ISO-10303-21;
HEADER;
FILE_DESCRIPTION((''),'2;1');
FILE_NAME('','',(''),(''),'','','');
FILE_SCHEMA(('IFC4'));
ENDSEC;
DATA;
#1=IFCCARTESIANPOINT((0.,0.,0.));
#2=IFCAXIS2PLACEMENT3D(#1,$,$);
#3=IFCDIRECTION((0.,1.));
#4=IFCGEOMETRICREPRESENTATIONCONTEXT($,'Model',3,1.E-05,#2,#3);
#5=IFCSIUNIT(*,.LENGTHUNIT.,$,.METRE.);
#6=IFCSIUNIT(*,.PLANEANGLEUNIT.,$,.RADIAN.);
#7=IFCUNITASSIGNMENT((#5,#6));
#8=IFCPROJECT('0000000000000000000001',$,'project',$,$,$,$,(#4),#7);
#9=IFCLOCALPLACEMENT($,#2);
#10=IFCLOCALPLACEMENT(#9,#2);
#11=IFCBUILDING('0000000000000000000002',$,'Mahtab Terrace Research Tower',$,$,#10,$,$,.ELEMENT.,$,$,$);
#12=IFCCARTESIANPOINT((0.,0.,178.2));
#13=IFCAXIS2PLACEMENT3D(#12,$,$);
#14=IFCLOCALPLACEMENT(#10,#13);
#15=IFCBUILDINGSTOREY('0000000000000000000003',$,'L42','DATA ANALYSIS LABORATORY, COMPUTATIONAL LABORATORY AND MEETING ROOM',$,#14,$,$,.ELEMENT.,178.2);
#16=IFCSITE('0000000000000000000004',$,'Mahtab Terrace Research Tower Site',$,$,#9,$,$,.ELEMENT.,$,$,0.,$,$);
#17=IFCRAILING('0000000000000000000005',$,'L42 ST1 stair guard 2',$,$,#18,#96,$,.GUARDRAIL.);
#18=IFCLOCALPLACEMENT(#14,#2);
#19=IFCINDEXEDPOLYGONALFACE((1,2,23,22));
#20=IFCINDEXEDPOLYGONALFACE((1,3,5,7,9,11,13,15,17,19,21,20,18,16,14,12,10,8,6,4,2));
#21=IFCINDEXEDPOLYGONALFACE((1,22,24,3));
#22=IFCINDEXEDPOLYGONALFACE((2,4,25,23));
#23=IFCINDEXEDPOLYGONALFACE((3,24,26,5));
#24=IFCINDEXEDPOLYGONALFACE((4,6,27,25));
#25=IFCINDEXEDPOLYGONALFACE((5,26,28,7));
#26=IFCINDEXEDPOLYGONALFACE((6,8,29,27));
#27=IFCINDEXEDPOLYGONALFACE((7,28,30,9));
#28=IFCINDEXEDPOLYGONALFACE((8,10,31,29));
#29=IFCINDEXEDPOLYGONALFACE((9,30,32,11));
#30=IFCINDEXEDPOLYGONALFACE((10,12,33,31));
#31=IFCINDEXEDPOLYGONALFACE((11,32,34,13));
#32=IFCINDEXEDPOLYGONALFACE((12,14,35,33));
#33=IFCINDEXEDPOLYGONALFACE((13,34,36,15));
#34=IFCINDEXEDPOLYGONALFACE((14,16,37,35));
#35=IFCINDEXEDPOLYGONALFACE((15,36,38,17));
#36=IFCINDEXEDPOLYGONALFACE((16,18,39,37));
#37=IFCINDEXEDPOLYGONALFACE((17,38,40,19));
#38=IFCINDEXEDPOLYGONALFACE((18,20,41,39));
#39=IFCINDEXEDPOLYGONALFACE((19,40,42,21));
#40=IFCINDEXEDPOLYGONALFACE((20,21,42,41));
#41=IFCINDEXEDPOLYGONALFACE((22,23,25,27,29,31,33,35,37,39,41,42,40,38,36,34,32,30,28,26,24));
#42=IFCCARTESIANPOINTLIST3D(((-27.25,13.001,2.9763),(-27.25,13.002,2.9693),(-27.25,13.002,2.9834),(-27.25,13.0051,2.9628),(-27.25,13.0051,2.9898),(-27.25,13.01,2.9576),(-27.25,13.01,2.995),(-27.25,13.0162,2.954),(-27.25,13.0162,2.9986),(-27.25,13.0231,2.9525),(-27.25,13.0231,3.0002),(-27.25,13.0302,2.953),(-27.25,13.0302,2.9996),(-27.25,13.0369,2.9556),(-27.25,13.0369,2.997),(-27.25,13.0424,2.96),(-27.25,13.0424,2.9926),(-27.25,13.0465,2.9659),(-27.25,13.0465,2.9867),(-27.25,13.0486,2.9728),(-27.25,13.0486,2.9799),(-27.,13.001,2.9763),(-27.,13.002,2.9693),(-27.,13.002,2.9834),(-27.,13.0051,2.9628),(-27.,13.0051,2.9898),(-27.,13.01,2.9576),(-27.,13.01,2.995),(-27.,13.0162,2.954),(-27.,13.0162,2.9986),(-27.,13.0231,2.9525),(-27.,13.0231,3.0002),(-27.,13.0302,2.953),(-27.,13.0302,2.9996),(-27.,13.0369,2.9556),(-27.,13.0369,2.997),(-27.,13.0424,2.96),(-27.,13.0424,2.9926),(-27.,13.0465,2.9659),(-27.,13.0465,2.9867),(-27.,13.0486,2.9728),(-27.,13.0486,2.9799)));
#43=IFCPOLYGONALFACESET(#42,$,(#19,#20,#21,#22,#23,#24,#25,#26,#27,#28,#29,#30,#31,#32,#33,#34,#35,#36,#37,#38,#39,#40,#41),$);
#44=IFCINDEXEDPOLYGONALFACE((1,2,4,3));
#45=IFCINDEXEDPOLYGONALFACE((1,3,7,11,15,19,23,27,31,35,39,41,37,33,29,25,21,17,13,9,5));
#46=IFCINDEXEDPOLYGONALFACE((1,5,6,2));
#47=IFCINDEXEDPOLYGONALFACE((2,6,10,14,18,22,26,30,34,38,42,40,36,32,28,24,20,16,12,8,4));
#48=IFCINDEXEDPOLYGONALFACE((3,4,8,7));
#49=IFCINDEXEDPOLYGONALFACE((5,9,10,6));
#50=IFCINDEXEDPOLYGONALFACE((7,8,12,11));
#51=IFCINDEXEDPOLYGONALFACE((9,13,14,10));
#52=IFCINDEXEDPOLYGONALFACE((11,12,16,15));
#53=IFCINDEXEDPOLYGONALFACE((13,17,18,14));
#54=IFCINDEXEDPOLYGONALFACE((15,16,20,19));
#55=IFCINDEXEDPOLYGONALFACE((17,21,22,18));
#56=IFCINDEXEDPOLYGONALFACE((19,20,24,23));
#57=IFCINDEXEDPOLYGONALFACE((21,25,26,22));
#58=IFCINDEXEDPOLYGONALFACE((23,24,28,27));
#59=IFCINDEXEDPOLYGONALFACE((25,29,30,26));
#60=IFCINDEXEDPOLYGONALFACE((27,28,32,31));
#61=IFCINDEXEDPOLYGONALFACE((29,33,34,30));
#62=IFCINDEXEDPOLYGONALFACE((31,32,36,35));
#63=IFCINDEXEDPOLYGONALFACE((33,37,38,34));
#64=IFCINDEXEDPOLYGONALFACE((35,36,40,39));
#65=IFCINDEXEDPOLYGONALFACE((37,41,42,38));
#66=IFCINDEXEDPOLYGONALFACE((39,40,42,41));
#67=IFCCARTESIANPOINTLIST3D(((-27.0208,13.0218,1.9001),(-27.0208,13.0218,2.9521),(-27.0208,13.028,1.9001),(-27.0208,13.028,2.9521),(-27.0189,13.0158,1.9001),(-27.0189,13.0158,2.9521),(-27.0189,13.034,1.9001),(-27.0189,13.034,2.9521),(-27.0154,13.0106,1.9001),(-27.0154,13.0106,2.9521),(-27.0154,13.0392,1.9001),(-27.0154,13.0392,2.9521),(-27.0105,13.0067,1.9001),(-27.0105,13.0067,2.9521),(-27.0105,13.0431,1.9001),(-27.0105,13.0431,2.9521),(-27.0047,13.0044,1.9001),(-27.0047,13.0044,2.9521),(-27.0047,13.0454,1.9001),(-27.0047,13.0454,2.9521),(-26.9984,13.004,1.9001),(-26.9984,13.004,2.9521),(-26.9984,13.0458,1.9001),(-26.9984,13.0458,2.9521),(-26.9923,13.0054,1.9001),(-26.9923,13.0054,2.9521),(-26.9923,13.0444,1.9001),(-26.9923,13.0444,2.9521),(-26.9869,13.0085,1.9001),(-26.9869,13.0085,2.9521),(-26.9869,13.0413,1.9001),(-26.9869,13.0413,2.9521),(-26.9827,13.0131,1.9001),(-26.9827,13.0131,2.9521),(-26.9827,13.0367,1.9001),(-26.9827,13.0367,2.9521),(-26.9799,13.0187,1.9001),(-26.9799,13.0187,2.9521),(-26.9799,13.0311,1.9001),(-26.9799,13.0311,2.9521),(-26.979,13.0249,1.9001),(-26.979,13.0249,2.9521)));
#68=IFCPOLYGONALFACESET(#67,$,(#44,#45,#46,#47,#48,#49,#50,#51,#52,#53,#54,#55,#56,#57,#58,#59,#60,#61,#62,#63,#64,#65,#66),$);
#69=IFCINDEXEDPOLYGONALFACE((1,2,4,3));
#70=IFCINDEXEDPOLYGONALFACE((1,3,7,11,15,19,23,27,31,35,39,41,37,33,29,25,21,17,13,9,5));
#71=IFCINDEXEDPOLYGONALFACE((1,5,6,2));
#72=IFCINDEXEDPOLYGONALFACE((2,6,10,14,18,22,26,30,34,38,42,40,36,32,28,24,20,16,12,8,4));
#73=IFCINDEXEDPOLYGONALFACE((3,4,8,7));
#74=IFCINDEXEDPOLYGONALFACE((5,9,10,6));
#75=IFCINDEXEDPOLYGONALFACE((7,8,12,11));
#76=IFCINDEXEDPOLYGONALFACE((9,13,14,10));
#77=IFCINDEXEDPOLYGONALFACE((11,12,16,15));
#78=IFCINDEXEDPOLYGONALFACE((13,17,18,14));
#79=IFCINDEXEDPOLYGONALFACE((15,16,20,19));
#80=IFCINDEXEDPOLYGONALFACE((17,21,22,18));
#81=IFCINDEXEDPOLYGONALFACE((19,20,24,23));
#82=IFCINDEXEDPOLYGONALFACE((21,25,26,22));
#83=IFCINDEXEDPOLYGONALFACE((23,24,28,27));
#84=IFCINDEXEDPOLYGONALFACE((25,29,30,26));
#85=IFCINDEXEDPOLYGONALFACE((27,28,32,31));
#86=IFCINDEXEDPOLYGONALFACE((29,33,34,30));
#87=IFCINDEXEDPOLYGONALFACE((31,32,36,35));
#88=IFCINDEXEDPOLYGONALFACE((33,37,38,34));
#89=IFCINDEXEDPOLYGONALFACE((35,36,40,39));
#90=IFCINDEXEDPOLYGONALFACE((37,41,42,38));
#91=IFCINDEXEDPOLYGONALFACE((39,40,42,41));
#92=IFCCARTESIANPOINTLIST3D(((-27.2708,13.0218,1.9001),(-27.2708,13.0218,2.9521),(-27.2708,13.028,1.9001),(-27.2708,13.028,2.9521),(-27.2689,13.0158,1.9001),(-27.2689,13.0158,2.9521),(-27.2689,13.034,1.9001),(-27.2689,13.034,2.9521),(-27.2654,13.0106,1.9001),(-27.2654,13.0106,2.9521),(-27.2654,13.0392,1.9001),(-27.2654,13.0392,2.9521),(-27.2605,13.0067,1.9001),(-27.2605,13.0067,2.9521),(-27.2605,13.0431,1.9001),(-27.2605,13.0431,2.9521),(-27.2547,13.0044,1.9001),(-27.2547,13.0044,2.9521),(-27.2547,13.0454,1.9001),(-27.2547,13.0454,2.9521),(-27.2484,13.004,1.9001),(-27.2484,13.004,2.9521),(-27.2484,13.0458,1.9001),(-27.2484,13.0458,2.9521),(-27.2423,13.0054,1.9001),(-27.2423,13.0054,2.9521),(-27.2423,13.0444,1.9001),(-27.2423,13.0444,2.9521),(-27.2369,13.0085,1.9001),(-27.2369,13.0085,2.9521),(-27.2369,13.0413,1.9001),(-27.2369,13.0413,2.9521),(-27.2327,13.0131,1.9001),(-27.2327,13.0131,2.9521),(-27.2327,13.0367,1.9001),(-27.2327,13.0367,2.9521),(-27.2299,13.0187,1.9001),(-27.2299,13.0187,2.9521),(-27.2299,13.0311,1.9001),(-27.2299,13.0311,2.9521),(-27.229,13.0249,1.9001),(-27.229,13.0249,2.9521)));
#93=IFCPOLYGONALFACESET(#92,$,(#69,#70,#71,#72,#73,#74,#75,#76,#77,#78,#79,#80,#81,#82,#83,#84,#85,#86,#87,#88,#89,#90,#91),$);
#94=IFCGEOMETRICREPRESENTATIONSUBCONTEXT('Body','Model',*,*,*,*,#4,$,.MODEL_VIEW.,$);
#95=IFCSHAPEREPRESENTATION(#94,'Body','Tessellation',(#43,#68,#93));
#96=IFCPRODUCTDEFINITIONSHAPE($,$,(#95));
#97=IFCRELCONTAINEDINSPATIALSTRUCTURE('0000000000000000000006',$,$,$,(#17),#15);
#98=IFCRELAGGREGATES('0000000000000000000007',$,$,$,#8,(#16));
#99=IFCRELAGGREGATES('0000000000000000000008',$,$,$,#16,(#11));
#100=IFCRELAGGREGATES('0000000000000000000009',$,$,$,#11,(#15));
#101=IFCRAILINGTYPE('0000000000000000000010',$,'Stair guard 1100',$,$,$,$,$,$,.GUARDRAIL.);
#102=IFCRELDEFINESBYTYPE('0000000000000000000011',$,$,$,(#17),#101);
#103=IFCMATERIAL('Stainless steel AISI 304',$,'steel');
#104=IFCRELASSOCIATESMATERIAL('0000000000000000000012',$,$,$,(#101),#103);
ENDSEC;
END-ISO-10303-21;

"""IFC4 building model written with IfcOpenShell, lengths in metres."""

from ifc_helpers import new_model, si_unit, direction, frame, origin, origin_2d, place, context, subcontext, project, spatial, circle, extrude, material, type_object, element, save


model = new_model("IFC4")

# Units and contexts
model_context = context("Model", 3, precision=1e-05, world=origin(), true_north=direction((0.0, 1.0)))
body_context = subcontext(model_context, "Body", "Model", "MODEL_VIEW")
ifc_project = project(units=[si_unit("LENGTHUNIT", "METRE"), si_unit("PLANEANGLEUNIT", "RADIAN")], contexts=[model_context])

# Site, building, storey
site_placement = place(None, origin())
site = spatial("IfcSite", under=ifc_project, at=site_placement, Name="Mahtab Terrace Research Tower Site", CompositionType="ELEMENT", RefElevation=0.0)
building_placement = place(site_placement, origin())
building = spatial("IfcBuilding", under=site, at=building_placement, Name="Mahtab Terrace Research Tower", CompositionType="ELEMENT")
storey_placement = place(building_placement, frame((0.0, 0.0, 178.2)))
storey = spatial("IfcBuildingStorey", under=building, at=storey_placement, Name="L42", Description="DATA ANALYSIS LABORATORY, COMPUTATIONAL LABORATORY AND MEETING ROOM", CompositionType="ELEMENT", Elevation=178.2)

# Railing
ifc_material_1 = material(Name="Stainless steel AISI 304", Category="steel")
railing_type_1 = type_object("IfcRailingType", Name="Stair guard 1100", PredefinedType="GUARDRAIL", material=ifc_material_1)
railing_1_placement = place(storey_placement, frame((-27.0, 13.0249, 1.9001)))
element("IfcRailing", 1, at=railing_1_placement, inside=storey, type_object=railing_type_1, Name="L42 ST1 stair guard 2", PredefinedType="GUARDRAIL", context=body_context, shape_type="SweptSolid", body=[
    extrude(circle(Radius=0.0239, at=origin_2d()), frame((0.0, 0.0, 1.0762), z_axis=(-1.0, 0.0, 0.0), x_axis=(0.0, -1.0, 0.0)), (0.0, 0.0, 1.0), 0.25),
    extrude(circle(Radius=0.021, at=origin_2d()), origin(), (0.0, 0.0, 1.0), 1.052),
    extrude(circle(Radius=0.021, at=origin_2d()), frame((-0.25, 0.0, 0.0)), (0.0, 0.0, 1.0), 1.052),
])

save(model, "model.ifc")
